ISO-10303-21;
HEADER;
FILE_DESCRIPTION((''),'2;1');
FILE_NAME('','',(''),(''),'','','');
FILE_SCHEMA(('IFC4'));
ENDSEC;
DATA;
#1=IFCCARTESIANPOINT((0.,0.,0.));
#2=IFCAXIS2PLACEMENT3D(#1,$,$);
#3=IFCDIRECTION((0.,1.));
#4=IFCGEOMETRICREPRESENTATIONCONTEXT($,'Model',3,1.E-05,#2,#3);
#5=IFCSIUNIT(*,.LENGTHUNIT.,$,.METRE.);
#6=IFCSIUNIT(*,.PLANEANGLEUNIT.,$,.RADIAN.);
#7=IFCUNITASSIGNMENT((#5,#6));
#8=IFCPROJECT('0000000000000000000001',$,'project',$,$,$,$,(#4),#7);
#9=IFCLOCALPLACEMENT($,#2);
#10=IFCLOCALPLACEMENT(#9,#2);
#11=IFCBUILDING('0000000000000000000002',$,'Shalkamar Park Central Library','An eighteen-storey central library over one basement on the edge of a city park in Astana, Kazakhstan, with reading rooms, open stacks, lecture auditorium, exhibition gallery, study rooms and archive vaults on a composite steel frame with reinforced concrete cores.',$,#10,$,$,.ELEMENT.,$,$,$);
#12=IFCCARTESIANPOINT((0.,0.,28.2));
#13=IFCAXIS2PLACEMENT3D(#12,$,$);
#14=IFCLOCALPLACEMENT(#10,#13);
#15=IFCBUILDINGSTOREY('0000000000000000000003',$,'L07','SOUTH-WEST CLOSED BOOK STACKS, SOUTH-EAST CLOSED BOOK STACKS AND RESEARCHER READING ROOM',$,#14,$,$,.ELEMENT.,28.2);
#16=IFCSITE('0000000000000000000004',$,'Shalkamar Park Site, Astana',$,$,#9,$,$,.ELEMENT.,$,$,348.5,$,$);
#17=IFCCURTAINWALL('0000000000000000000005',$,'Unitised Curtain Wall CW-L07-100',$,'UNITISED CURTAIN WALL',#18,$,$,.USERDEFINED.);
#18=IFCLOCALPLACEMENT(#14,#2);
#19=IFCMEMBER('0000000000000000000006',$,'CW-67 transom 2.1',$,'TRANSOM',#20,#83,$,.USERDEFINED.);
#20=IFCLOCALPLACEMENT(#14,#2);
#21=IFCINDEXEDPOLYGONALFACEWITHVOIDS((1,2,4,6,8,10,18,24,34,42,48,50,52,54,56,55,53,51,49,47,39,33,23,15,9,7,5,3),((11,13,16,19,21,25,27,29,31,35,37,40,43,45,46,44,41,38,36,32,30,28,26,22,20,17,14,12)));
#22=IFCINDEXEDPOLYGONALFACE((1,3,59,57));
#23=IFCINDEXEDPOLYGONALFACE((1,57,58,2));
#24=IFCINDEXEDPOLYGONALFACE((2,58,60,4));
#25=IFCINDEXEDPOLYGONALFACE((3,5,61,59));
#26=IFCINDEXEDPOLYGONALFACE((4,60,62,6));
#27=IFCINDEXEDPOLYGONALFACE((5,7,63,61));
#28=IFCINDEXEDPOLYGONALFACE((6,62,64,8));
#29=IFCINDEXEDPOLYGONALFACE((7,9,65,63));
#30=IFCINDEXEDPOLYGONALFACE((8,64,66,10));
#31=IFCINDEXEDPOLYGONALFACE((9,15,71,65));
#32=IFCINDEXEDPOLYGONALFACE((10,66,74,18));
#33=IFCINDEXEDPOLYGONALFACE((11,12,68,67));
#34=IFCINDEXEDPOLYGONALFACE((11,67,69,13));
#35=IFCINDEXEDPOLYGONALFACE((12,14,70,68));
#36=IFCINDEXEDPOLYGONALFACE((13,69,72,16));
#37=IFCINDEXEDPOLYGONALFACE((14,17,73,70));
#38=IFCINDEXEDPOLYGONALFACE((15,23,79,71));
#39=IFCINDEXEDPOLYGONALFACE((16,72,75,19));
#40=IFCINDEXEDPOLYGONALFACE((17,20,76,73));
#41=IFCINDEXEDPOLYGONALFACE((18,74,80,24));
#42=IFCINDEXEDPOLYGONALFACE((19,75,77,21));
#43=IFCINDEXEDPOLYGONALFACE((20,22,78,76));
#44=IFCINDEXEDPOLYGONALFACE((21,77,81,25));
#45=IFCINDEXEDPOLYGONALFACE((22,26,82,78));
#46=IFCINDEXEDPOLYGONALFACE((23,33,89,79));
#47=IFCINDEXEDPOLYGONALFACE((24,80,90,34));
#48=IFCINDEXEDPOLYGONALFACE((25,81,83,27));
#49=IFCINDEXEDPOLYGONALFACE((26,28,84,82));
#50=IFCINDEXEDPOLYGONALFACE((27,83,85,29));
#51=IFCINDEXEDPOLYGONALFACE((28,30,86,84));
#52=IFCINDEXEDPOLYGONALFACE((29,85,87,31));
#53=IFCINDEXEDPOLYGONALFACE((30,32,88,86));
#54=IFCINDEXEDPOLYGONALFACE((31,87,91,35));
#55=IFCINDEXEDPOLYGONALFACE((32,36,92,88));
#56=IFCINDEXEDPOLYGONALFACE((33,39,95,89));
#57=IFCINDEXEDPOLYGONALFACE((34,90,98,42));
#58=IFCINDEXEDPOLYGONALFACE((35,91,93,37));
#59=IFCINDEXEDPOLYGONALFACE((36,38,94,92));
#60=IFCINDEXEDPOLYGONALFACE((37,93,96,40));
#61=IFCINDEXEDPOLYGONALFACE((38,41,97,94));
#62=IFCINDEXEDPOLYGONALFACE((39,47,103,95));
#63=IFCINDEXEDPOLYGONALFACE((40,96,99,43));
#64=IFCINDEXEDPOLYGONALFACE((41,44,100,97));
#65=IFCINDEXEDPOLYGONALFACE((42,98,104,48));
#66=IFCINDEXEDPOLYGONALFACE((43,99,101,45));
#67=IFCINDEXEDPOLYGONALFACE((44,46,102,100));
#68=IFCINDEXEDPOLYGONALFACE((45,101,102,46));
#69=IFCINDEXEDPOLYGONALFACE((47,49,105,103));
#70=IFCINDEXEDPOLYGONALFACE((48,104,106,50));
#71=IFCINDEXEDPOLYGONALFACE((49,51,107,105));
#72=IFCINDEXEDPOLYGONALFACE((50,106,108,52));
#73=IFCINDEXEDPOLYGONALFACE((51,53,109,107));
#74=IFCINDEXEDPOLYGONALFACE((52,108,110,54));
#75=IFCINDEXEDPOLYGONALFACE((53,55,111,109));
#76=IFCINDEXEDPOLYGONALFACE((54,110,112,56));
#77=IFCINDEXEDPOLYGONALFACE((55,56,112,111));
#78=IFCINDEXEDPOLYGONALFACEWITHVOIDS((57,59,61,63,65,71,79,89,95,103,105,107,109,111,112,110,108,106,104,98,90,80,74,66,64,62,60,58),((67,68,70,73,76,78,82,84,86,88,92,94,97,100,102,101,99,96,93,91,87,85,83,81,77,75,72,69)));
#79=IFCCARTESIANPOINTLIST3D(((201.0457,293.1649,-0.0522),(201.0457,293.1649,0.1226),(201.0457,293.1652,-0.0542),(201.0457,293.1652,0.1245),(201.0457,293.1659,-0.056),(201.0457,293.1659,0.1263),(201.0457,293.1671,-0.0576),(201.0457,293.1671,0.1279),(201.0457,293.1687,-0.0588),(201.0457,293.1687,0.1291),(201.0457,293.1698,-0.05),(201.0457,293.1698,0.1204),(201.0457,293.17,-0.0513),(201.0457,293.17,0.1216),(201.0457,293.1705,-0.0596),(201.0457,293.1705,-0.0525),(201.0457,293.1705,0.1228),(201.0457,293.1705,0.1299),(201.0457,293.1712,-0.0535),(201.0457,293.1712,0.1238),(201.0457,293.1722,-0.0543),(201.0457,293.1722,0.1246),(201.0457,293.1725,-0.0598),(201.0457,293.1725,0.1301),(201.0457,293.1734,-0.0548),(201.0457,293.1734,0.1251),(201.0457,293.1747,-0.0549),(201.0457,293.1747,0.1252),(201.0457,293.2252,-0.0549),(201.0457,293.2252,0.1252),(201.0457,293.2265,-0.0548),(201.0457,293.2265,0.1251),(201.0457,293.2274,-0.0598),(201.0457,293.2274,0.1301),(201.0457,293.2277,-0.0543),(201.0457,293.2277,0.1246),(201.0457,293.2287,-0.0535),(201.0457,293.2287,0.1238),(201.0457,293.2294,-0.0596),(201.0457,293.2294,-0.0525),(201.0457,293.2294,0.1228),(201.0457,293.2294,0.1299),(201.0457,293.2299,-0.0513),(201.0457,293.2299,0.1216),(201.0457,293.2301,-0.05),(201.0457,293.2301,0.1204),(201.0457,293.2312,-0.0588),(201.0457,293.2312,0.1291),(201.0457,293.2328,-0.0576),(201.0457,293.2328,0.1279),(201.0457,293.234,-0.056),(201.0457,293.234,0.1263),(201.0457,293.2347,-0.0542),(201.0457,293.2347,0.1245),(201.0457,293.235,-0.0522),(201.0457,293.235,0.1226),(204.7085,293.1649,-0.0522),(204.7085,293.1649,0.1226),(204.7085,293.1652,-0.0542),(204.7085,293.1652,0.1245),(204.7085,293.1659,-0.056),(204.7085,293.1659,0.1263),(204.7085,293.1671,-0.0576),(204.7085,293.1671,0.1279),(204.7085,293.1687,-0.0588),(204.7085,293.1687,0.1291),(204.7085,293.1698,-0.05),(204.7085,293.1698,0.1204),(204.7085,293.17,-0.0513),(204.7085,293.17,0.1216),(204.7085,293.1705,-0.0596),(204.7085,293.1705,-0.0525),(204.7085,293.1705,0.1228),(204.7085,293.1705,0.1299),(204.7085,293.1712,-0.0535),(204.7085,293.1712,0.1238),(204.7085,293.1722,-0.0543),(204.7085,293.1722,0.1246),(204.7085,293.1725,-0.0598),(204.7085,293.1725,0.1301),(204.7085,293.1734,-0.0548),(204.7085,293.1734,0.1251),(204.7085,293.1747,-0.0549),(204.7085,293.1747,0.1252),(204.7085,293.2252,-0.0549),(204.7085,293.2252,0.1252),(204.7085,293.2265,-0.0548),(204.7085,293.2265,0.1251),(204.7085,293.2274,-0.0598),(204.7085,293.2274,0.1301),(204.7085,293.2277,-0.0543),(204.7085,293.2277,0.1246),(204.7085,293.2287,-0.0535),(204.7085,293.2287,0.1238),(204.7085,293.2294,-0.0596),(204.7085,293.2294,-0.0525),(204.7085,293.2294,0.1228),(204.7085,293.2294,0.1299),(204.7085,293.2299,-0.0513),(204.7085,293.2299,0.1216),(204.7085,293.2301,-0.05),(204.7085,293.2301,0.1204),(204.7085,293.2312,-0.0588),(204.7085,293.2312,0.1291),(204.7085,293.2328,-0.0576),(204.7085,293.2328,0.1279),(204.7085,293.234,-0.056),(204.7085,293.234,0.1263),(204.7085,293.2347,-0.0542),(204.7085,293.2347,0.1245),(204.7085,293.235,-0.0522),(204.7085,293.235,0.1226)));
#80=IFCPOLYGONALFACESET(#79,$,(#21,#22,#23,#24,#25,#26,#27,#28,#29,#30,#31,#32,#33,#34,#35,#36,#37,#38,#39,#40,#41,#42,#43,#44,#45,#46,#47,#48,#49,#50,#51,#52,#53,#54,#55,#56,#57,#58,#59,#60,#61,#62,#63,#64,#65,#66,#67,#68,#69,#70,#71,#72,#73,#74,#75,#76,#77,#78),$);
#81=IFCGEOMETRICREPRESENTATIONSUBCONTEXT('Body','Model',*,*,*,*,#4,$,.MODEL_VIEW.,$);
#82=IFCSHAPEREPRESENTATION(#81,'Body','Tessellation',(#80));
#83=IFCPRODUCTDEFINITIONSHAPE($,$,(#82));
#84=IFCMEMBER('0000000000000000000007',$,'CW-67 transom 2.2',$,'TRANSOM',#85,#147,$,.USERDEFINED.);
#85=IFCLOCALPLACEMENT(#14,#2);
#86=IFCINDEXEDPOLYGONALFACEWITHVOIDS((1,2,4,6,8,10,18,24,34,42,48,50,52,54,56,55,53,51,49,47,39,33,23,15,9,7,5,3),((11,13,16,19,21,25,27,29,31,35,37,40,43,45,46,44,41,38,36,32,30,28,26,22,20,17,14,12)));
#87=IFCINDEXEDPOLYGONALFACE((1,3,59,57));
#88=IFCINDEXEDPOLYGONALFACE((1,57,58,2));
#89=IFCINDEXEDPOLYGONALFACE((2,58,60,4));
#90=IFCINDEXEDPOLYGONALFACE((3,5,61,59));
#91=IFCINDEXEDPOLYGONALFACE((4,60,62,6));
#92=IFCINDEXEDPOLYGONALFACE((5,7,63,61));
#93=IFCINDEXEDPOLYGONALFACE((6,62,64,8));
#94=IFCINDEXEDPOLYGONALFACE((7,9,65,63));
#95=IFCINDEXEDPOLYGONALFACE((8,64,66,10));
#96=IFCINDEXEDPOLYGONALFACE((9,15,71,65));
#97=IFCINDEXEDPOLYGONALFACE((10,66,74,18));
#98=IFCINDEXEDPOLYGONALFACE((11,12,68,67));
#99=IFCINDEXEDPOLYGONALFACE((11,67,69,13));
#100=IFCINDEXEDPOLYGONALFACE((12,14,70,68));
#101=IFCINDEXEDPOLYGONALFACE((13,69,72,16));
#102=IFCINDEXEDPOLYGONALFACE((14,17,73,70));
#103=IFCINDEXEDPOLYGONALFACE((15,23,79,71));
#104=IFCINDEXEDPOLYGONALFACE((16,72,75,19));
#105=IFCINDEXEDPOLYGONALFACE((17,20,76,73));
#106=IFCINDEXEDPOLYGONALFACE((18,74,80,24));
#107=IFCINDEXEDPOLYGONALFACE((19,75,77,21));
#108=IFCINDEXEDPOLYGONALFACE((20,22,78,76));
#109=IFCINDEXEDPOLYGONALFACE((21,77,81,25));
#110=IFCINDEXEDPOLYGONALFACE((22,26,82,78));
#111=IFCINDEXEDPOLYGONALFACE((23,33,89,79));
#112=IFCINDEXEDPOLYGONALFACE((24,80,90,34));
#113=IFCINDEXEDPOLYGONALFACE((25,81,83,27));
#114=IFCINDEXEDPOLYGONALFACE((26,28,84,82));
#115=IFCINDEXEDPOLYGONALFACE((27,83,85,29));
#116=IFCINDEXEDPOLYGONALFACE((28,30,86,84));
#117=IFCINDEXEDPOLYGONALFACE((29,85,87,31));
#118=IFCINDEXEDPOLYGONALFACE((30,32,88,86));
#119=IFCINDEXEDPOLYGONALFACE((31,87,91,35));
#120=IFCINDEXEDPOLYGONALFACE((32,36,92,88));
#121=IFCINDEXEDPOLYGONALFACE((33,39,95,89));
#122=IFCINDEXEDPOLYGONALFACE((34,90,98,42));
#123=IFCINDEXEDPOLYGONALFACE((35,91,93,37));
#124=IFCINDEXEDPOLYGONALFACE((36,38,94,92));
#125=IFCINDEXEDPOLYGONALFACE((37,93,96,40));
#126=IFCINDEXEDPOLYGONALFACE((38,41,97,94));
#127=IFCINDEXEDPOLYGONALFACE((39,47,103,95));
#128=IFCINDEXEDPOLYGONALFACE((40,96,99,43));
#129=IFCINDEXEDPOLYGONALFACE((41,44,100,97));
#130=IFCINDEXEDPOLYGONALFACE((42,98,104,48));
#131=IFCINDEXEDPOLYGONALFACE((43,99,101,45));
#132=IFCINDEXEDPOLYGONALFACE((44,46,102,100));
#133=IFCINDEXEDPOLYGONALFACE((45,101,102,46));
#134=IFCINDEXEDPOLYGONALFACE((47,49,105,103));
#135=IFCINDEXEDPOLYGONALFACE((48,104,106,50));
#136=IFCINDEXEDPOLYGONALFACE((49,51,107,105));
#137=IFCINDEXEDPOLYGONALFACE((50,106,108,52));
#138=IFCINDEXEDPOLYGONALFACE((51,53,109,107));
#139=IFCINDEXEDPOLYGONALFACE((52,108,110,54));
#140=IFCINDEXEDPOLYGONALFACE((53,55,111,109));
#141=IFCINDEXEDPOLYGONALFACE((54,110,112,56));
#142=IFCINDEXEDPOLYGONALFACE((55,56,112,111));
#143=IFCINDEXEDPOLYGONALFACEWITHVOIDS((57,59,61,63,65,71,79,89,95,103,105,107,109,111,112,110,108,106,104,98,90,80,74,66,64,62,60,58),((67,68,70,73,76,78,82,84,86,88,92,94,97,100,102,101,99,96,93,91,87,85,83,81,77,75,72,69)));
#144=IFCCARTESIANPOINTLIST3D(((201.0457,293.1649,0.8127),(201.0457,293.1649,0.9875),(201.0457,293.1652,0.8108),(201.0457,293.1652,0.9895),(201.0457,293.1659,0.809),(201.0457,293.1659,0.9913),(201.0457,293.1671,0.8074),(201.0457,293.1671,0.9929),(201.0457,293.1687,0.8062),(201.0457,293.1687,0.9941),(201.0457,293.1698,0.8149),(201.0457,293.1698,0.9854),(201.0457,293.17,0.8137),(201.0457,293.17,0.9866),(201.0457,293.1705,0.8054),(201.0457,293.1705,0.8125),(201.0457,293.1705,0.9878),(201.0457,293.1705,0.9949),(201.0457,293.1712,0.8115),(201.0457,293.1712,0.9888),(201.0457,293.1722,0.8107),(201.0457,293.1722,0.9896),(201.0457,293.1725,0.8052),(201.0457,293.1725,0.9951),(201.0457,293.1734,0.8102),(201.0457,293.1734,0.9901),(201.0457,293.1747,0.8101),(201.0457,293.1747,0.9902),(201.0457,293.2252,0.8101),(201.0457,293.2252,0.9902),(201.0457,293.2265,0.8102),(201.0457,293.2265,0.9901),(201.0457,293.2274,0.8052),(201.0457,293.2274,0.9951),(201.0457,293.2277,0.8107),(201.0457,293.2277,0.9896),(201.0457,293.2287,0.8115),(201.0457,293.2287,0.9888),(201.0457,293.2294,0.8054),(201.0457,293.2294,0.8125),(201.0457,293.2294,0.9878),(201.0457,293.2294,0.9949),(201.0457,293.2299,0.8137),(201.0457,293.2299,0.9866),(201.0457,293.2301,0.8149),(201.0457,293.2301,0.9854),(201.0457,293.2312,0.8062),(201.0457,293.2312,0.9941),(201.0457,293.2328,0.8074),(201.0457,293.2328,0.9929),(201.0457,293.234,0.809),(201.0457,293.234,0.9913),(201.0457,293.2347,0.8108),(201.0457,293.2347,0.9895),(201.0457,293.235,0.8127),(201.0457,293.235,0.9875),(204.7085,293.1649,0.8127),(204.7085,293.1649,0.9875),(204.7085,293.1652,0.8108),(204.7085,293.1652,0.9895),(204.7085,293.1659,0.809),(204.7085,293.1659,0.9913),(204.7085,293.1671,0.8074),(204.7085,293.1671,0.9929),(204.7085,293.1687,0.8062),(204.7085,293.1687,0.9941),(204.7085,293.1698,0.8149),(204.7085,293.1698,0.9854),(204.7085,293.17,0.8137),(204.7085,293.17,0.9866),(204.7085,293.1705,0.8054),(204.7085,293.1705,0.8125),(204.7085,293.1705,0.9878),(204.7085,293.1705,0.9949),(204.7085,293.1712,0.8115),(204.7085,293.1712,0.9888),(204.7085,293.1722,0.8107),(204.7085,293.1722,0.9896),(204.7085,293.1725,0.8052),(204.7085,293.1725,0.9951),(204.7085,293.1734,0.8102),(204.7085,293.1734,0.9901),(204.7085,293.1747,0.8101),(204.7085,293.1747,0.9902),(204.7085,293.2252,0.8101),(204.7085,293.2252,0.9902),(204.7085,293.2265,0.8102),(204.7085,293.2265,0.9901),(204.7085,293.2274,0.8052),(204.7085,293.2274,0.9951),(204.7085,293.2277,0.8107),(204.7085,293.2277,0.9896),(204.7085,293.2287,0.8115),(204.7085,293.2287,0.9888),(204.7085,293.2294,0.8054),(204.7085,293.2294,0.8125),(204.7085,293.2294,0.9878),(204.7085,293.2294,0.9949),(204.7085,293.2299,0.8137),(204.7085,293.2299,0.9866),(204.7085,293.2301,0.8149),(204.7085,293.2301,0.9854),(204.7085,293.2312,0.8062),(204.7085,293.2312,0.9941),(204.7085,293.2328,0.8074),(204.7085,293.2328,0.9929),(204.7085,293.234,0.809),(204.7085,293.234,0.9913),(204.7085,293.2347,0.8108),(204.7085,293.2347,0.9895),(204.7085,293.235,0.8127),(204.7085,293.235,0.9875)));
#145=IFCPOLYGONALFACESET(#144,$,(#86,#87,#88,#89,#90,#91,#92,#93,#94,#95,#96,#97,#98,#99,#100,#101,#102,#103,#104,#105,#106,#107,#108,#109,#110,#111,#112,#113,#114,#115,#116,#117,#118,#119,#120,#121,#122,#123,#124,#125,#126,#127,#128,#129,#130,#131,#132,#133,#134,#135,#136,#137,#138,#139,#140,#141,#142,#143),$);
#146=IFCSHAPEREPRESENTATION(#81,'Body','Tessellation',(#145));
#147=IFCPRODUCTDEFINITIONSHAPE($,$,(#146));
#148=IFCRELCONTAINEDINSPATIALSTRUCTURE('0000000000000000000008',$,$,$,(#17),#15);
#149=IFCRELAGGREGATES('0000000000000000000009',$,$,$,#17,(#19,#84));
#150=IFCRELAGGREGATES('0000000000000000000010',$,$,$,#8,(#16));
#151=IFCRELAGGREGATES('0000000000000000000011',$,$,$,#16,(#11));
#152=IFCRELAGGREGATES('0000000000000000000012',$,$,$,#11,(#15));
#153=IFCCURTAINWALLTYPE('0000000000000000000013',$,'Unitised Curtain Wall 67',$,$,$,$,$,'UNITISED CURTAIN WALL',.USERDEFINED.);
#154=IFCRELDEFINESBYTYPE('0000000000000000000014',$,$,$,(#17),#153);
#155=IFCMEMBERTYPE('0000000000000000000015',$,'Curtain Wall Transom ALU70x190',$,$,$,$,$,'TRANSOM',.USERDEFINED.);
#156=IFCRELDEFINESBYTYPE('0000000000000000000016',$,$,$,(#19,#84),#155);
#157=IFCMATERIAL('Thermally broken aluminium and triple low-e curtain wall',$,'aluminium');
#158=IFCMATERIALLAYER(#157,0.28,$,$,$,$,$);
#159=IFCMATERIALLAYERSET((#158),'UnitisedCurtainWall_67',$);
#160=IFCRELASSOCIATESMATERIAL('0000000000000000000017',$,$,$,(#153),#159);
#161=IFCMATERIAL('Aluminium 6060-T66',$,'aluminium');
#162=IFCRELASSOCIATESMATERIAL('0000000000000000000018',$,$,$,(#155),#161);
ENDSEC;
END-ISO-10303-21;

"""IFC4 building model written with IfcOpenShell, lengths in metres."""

from ifc_helpers import new_model, si_unit, direction, frame, origin, origin_2d, place, context, subcontext, project, spatial, hollow_rectangle, extrude, material, layer, layer_set, material_profile, profile_set, type_object, element, aggregate, save


model = new_model("IFC4")

# Units and contexts
model_context = context("Model", 3, precision=1e-05, world=origin(), true_north=direction((0.0, 1.0)))
body_context = subcontext(model_context, "Body", "Model", "MODEL_VIEW")
ifc_project = project(units=[si_unit("LENGTHUNIT", "METRE"), si_unit("PLANEANGLEUNIT", "RADIAN")], contexts=[model_context])

# Site, building, storey
site_placement = place(None, origin())
site = spatial("IfcSite", under=ifc_project, at=site_placement, Name="Shalkamar Park Site, Astana", CompositionType="ELEMENT", RefElevation=348.5)
building_placement = place(site_placement, origin())
building = spatial("IfcBuilding", under=site, at=building_placement, Name="Shalkamar Park Central Library", Description="An eighteen-storey central library over one basement on the edge of a city park in Astana, Kazakhstan, with reading rooms, open stacks, lecture auditorium, exhibition gallery, study rooms and archive vaults on a composite steel frame with reinforced concrete cores.", CompositionType="ELEMENT")
storey_placement = place(building_placement, frame((0.0, 0.0, 28.2)))
storey = spatial("IfcBuildingStorey", under=building, at=storey_placement, Name="L07", Description="SOUTH-WEST CLOSED BOOK STACKS, SOUTH-EAST CLOSED BOOK STACKS AND RESEARCHER READING ROOM", CompositionType="ELEMENT", Elevation=28.2)

# Shared definitions
ifc_material_1 = material(Name="Thermally broken aluminium and triple low-e curtain wall", Category="aluminium")
ifc_material_2 = material(Name="Aluminium 6060-T66", Category="aluminium")

# Curtain wall
ifc_layer_1 = layer(ifc_material_1, 0.28)
ifc_layer_set_1 = layer_set([ifc_layer_1], Name="UnitisedCurtainWall_67")
curtain_wall_type_1 = type_object("IfcCurtainWallType", Name="Unitised Curtain Wall 67", ElementType="UNITISED CURTAIN WALL", PredefinedType="USERDEFINED", material=ifc_layer_set_1)
curtain_wall_1_placement = place(storey_placement, origin())
curtain_wall_1 = element("IfcCurtainWall", 1, at=curtain_wall_1_placement, inside=storey, type_object=curtain_wall_type_1, Name="Unitised Curtain Wall CW-L07-100", ObjectType="UNITISED CURTAIN WALL", PredefinedType="USERDEFINED")

# Members
ifc_material_profile_1 = material_profile(ifc_material_2, hollow_rectangle(XDim=0.0701, YDim=0.1899, WallThickness=0.0049, InnerFilletRadius=0.0049, OuterFilletRadius=0.0076, at=origin_2d()), Name="ALU 70x190x5")
ifc_profile_set_1 = profile_set([ifc_material_profile_1], Name="Aluminium 6060-T66")
member_type_1 = type_object("IfcMemberType", Name="Curtain Wall Transom ALU70x190", ElementType="TRANSOM", PredefinedType="USERDEFINED", material=ifc_profile_set_1)
member_1_placement = place(storey_placement, frame((201.0457, 293.2, 0.0352), z_axis=(1.0, 0.0, 0.0), x_axis=(0.0, 1.0, 0.0)))
member_1 = element("IfcMember", 2, at=member_1_placement, type_object=member_type_1, Name="CW-67 transom 2.1", ObjectType="TRANSOM", PredefinedType="USERDEFINED", context=body_context, shape_type="SweptSolid", body=[
    extrude(hollow_rectangle(XDim=0.0701, YDim=0.1899, WallThickness=0.0049, InnerFilletRadius=0.0049, OuterFilletRadius=0.0076, at=origin_2d()), origin(), (0.0, 0.0, 1.0), 3.6628),
])
member_2_placement = place(storey_placement, frame((201.0457, 293.2, 0.9001), z_axis=(1.0, 0.0, 0.0), x_axis=(0.0, 1.0, 0.0)))
member_2 = element("IfcMember", 3, at=member_2_placement, type_object=member_type_1, Name="CW-67 transom 2.2", ObjectType="TRANSOM", PredefinedType="USERDEFINED", context=body_context, shape_type="SweptSolid", body=[
    extrude(hollow_rectangle(XDim=0.0701, YDim=0.1899, WallThickness=0.0049, InnerFilletRadius=0.0049, OuterFilletRadius=0.0076, at=origin_2d()), origin(), (0.0, 0.0, 1.0), 3.6628),
])

aggregate(curtain_wall_1, [member_1, member_2])

save(model, "model.ifc")
